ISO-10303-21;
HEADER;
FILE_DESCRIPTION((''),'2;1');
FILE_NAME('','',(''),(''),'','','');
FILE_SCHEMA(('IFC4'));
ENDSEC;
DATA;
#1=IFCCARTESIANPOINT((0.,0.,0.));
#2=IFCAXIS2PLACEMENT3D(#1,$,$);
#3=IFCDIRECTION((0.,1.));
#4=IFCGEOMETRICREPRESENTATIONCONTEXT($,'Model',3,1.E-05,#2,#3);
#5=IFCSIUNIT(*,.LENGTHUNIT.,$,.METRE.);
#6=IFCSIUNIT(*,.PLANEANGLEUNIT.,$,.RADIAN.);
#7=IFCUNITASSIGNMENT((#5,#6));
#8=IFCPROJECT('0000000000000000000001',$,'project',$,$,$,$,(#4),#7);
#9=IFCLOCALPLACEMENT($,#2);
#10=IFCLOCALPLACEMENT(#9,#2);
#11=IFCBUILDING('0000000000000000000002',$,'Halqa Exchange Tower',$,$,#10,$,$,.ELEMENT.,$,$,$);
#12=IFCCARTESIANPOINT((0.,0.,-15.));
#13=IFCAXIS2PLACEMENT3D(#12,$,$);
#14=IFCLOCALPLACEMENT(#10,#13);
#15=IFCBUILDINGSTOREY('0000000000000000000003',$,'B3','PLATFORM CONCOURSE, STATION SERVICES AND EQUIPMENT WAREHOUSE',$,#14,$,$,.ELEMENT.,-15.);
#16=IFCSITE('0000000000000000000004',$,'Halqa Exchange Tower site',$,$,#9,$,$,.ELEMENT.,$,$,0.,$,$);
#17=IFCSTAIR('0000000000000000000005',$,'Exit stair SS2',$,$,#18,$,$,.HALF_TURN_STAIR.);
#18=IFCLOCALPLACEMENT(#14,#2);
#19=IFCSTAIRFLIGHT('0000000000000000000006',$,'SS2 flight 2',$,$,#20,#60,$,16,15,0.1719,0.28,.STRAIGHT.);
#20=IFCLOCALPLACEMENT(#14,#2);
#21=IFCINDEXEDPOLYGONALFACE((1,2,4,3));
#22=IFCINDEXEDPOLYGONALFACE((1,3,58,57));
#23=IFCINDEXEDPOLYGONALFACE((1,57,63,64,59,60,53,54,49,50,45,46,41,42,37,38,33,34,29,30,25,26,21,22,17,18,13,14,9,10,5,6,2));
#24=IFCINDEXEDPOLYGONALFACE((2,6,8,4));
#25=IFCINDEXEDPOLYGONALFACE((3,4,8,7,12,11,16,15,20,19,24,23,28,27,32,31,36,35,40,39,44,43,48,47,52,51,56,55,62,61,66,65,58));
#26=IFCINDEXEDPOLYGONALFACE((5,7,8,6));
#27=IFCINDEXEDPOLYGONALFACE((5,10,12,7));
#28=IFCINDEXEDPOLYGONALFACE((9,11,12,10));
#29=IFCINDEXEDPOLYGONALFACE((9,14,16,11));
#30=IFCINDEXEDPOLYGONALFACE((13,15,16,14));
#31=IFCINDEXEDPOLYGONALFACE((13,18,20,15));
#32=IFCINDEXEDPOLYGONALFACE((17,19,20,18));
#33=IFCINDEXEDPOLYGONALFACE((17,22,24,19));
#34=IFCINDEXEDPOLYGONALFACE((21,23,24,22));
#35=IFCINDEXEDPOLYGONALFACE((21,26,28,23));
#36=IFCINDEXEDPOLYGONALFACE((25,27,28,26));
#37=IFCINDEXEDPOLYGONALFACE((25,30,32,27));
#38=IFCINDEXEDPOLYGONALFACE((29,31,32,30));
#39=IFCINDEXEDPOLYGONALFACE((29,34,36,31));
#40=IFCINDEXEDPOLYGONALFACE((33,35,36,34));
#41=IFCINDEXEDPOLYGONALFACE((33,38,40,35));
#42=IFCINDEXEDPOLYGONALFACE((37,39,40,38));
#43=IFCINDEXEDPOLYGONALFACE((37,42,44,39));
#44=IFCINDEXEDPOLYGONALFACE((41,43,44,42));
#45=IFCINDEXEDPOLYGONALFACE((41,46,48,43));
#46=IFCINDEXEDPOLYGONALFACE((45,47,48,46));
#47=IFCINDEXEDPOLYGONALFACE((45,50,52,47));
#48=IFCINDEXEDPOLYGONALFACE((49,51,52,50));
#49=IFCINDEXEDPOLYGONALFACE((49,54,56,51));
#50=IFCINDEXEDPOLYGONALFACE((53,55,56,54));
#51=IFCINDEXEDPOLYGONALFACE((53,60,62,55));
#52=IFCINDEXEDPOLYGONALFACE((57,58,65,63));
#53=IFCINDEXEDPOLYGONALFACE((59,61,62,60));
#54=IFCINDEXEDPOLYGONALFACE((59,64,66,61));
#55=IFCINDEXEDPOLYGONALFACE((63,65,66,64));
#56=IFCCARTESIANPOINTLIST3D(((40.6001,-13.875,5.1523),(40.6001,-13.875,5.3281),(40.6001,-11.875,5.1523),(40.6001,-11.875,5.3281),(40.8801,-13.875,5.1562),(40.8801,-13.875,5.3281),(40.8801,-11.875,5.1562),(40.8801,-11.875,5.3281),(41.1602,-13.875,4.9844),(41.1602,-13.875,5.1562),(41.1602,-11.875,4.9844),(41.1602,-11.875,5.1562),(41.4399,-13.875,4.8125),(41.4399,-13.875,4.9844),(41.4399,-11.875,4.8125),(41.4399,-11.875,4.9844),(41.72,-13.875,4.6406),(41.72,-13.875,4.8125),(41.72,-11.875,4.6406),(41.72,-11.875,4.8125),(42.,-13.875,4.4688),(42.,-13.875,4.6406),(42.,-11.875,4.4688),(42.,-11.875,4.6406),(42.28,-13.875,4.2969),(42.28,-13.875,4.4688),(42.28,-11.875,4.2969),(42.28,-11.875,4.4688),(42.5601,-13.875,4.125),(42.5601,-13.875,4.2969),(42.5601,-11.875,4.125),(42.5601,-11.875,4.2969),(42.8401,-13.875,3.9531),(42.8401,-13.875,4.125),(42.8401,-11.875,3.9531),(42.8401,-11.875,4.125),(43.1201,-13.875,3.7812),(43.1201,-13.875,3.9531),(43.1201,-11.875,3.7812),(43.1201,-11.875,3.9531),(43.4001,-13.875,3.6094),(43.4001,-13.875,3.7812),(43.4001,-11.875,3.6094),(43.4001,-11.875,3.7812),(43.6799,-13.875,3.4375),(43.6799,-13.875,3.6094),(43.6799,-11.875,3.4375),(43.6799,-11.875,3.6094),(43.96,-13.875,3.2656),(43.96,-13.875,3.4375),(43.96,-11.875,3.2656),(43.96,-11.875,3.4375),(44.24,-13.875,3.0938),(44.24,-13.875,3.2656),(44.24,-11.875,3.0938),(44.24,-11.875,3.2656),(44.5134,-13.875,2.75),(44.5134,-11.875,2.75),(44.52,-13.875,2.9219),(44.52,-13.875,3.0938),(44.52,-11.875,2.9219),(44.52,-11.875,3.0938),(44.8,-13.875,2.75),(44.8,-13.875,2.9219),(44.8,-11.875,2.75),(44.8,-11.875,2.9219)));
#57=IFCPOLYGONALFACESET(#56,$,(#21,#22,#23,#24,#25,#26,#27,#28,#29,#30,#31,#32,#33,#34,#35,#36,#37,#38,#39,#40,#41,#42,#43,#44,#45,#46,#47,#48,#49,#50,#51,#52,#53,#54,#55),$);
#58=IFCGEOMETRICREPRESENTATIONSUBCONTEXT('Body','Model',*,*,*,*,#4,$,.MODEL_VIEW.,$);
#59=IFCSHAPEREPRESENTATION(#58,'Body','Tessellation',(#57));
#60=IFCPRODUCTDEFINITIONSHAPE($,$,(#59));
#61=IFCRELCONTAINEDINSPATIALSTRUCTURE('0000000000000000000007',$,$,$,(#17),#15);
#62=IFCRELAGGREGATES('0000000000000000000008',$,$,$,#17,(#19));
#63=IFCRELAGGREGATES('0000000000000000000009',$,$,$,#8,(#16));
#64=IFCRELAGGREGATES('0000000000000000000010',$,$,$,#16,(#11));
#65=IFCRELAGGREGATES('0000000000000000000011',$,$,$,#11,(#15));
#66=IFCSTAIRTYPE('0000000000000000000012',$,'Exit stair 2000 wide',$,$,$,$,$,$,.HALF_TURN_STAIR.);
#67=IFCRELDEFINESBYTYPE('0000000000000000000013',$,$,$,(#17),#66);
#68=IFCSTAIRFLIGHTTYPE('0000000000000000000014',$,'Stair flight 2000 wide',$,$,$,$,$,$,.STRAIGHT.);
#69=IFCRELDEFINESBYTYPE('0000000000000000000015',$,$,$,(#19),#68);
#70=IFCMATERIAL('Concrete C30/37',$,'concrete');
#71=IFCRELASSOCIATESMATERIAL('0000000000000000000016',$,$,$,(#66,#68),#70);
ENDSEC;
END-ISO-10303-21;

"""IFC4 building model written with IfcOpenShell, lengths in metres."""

from ifc_helpers import new_model, si_unit, direction, frame, origin, place, context, subcontext, project, spatial, polyline, outline, extrude, material, type_object, element, aggregate, save


model = new_model("IFC4")

# Units and contexts
model_context = context("Model", 3, precision=1e-05, world=origin(), true_north=direction((0.0, 1.0)))
body_context = subcontext(model_context, "Body", "Model", "MODEL_VIEW")
ifc_project = project(units=[si_unit("LENGTHUNIT", "METRE"), si_unit("PLANEANGLEUNIT", "RADIAN")], contexts=[model_context])

# Site, building, storey
site_placement = place(None, origin())
site = spatial("IfcSite", under=ifc_project, at=site_placement, Name="Halqa Exchange Tower site", CompositionType="ELEMENT", RefElevation=0.0)
building_placement = place(site_placement, origin())
building = spatial("IfcBuilding", under=site, at=building_placement, Name="Halqa Exchange Tower", CompositionType="ELEMENT")
storey_placement = place(building_placement, frame((0.0, 0.0, -15.0)))
storey = spatial("IfcBuildingStorey", under=building, at=storey_placement, Name="B3", Description="PLATFORM CONCOURSE, STATION SERVICES AND EQUIPMENT WAREHOUSE", CompositionType="ELEMENT", Elevation=-15.0)

# Shared definitions
ifc_material_1 = material(Name="Concrete C30/37", Category="concrete")

# Stair, stair flight
stair_type = type_object("IfcStairType", Name="Exit stair 2000 wide", PredefinedType="HALF_TURN_STAIR", material=ifc_material_1)
stair_placement = place(storey_placement, origin())
stair = element("IfcStair", 1, at=stair_placement, inside=storey, type_object=stair_type, Name="Exit stair SS2", PredefinedType="HALF_TURN_STAIR")
stair_flight_type = type_object("IfcStairFlightType", Name="Stair flight 2000 wide", PredefinedType="STRAIGHT", material=ifc_material_1)
stair_flight_placement = place(storey_placement, frame((44.8, -12.875, 2.75), z_axis=(0.0, 0.0, 1.0), x_axis=(-1.0, 0.0, 0.0)))
stair_flight = element("IfcStairFlight", 2, at=stair_flight_placement, type_object=stair_flight_type, Name="SS2 flight 2", NumberOfRisers=16, NumberOfTreads=15, PredefinedType="STRAIGHT", RiserHeight=0.1719, TreadLength=0.28, context=body_context, shape_type="SweptSolid", body=[
    extrude(outline(polyline([(0.0, 0.0), (0.0, 0.1719), (0.28, 0.1719), (0.28, 0.3438), (0.5601, 0.3438), (0.5601, 0.5156), (0.8401, 0.5156), (0.8401, 0.6875), (1.1201, 0.6875), (1.1201, 0.8594), (1.3999, 0.8594), (1.3999, 1.0312), (1.6799, 1.0312), (1.6799, 1.2031), (1.96, 1.2031), (1.96, 1.375), (2.24, 1.375), (2.24, 1.5469), (2.52, 1.5469), (2.52, 1.7188), (2.8, 1.7188), (2.8, 1.8906), (3.0801, 1.8906), (3.0801, 2.0625), (3.3601, 2.0625), (3.3601, 2.2344), (3.6399, 2.2344), (3.6399, 2.4062), (3.9199, 2.4062), (3.9199, 2.5781), (4.2, 2.5781), (4.2, 2.75), (4.2, 2.4023), (0.2866, 0.0), (0.0, 0.0)])), frame((0.0, 1.0, 0.0), z_axis=(0.0, -1.0, 0.0), x_axis=(1.0, 0.0, 0.0)), (0.0, 0.0, 1.0), 2.0),
])
aggregate(stair, [stair_flight])

save(model, "model.ifc")
